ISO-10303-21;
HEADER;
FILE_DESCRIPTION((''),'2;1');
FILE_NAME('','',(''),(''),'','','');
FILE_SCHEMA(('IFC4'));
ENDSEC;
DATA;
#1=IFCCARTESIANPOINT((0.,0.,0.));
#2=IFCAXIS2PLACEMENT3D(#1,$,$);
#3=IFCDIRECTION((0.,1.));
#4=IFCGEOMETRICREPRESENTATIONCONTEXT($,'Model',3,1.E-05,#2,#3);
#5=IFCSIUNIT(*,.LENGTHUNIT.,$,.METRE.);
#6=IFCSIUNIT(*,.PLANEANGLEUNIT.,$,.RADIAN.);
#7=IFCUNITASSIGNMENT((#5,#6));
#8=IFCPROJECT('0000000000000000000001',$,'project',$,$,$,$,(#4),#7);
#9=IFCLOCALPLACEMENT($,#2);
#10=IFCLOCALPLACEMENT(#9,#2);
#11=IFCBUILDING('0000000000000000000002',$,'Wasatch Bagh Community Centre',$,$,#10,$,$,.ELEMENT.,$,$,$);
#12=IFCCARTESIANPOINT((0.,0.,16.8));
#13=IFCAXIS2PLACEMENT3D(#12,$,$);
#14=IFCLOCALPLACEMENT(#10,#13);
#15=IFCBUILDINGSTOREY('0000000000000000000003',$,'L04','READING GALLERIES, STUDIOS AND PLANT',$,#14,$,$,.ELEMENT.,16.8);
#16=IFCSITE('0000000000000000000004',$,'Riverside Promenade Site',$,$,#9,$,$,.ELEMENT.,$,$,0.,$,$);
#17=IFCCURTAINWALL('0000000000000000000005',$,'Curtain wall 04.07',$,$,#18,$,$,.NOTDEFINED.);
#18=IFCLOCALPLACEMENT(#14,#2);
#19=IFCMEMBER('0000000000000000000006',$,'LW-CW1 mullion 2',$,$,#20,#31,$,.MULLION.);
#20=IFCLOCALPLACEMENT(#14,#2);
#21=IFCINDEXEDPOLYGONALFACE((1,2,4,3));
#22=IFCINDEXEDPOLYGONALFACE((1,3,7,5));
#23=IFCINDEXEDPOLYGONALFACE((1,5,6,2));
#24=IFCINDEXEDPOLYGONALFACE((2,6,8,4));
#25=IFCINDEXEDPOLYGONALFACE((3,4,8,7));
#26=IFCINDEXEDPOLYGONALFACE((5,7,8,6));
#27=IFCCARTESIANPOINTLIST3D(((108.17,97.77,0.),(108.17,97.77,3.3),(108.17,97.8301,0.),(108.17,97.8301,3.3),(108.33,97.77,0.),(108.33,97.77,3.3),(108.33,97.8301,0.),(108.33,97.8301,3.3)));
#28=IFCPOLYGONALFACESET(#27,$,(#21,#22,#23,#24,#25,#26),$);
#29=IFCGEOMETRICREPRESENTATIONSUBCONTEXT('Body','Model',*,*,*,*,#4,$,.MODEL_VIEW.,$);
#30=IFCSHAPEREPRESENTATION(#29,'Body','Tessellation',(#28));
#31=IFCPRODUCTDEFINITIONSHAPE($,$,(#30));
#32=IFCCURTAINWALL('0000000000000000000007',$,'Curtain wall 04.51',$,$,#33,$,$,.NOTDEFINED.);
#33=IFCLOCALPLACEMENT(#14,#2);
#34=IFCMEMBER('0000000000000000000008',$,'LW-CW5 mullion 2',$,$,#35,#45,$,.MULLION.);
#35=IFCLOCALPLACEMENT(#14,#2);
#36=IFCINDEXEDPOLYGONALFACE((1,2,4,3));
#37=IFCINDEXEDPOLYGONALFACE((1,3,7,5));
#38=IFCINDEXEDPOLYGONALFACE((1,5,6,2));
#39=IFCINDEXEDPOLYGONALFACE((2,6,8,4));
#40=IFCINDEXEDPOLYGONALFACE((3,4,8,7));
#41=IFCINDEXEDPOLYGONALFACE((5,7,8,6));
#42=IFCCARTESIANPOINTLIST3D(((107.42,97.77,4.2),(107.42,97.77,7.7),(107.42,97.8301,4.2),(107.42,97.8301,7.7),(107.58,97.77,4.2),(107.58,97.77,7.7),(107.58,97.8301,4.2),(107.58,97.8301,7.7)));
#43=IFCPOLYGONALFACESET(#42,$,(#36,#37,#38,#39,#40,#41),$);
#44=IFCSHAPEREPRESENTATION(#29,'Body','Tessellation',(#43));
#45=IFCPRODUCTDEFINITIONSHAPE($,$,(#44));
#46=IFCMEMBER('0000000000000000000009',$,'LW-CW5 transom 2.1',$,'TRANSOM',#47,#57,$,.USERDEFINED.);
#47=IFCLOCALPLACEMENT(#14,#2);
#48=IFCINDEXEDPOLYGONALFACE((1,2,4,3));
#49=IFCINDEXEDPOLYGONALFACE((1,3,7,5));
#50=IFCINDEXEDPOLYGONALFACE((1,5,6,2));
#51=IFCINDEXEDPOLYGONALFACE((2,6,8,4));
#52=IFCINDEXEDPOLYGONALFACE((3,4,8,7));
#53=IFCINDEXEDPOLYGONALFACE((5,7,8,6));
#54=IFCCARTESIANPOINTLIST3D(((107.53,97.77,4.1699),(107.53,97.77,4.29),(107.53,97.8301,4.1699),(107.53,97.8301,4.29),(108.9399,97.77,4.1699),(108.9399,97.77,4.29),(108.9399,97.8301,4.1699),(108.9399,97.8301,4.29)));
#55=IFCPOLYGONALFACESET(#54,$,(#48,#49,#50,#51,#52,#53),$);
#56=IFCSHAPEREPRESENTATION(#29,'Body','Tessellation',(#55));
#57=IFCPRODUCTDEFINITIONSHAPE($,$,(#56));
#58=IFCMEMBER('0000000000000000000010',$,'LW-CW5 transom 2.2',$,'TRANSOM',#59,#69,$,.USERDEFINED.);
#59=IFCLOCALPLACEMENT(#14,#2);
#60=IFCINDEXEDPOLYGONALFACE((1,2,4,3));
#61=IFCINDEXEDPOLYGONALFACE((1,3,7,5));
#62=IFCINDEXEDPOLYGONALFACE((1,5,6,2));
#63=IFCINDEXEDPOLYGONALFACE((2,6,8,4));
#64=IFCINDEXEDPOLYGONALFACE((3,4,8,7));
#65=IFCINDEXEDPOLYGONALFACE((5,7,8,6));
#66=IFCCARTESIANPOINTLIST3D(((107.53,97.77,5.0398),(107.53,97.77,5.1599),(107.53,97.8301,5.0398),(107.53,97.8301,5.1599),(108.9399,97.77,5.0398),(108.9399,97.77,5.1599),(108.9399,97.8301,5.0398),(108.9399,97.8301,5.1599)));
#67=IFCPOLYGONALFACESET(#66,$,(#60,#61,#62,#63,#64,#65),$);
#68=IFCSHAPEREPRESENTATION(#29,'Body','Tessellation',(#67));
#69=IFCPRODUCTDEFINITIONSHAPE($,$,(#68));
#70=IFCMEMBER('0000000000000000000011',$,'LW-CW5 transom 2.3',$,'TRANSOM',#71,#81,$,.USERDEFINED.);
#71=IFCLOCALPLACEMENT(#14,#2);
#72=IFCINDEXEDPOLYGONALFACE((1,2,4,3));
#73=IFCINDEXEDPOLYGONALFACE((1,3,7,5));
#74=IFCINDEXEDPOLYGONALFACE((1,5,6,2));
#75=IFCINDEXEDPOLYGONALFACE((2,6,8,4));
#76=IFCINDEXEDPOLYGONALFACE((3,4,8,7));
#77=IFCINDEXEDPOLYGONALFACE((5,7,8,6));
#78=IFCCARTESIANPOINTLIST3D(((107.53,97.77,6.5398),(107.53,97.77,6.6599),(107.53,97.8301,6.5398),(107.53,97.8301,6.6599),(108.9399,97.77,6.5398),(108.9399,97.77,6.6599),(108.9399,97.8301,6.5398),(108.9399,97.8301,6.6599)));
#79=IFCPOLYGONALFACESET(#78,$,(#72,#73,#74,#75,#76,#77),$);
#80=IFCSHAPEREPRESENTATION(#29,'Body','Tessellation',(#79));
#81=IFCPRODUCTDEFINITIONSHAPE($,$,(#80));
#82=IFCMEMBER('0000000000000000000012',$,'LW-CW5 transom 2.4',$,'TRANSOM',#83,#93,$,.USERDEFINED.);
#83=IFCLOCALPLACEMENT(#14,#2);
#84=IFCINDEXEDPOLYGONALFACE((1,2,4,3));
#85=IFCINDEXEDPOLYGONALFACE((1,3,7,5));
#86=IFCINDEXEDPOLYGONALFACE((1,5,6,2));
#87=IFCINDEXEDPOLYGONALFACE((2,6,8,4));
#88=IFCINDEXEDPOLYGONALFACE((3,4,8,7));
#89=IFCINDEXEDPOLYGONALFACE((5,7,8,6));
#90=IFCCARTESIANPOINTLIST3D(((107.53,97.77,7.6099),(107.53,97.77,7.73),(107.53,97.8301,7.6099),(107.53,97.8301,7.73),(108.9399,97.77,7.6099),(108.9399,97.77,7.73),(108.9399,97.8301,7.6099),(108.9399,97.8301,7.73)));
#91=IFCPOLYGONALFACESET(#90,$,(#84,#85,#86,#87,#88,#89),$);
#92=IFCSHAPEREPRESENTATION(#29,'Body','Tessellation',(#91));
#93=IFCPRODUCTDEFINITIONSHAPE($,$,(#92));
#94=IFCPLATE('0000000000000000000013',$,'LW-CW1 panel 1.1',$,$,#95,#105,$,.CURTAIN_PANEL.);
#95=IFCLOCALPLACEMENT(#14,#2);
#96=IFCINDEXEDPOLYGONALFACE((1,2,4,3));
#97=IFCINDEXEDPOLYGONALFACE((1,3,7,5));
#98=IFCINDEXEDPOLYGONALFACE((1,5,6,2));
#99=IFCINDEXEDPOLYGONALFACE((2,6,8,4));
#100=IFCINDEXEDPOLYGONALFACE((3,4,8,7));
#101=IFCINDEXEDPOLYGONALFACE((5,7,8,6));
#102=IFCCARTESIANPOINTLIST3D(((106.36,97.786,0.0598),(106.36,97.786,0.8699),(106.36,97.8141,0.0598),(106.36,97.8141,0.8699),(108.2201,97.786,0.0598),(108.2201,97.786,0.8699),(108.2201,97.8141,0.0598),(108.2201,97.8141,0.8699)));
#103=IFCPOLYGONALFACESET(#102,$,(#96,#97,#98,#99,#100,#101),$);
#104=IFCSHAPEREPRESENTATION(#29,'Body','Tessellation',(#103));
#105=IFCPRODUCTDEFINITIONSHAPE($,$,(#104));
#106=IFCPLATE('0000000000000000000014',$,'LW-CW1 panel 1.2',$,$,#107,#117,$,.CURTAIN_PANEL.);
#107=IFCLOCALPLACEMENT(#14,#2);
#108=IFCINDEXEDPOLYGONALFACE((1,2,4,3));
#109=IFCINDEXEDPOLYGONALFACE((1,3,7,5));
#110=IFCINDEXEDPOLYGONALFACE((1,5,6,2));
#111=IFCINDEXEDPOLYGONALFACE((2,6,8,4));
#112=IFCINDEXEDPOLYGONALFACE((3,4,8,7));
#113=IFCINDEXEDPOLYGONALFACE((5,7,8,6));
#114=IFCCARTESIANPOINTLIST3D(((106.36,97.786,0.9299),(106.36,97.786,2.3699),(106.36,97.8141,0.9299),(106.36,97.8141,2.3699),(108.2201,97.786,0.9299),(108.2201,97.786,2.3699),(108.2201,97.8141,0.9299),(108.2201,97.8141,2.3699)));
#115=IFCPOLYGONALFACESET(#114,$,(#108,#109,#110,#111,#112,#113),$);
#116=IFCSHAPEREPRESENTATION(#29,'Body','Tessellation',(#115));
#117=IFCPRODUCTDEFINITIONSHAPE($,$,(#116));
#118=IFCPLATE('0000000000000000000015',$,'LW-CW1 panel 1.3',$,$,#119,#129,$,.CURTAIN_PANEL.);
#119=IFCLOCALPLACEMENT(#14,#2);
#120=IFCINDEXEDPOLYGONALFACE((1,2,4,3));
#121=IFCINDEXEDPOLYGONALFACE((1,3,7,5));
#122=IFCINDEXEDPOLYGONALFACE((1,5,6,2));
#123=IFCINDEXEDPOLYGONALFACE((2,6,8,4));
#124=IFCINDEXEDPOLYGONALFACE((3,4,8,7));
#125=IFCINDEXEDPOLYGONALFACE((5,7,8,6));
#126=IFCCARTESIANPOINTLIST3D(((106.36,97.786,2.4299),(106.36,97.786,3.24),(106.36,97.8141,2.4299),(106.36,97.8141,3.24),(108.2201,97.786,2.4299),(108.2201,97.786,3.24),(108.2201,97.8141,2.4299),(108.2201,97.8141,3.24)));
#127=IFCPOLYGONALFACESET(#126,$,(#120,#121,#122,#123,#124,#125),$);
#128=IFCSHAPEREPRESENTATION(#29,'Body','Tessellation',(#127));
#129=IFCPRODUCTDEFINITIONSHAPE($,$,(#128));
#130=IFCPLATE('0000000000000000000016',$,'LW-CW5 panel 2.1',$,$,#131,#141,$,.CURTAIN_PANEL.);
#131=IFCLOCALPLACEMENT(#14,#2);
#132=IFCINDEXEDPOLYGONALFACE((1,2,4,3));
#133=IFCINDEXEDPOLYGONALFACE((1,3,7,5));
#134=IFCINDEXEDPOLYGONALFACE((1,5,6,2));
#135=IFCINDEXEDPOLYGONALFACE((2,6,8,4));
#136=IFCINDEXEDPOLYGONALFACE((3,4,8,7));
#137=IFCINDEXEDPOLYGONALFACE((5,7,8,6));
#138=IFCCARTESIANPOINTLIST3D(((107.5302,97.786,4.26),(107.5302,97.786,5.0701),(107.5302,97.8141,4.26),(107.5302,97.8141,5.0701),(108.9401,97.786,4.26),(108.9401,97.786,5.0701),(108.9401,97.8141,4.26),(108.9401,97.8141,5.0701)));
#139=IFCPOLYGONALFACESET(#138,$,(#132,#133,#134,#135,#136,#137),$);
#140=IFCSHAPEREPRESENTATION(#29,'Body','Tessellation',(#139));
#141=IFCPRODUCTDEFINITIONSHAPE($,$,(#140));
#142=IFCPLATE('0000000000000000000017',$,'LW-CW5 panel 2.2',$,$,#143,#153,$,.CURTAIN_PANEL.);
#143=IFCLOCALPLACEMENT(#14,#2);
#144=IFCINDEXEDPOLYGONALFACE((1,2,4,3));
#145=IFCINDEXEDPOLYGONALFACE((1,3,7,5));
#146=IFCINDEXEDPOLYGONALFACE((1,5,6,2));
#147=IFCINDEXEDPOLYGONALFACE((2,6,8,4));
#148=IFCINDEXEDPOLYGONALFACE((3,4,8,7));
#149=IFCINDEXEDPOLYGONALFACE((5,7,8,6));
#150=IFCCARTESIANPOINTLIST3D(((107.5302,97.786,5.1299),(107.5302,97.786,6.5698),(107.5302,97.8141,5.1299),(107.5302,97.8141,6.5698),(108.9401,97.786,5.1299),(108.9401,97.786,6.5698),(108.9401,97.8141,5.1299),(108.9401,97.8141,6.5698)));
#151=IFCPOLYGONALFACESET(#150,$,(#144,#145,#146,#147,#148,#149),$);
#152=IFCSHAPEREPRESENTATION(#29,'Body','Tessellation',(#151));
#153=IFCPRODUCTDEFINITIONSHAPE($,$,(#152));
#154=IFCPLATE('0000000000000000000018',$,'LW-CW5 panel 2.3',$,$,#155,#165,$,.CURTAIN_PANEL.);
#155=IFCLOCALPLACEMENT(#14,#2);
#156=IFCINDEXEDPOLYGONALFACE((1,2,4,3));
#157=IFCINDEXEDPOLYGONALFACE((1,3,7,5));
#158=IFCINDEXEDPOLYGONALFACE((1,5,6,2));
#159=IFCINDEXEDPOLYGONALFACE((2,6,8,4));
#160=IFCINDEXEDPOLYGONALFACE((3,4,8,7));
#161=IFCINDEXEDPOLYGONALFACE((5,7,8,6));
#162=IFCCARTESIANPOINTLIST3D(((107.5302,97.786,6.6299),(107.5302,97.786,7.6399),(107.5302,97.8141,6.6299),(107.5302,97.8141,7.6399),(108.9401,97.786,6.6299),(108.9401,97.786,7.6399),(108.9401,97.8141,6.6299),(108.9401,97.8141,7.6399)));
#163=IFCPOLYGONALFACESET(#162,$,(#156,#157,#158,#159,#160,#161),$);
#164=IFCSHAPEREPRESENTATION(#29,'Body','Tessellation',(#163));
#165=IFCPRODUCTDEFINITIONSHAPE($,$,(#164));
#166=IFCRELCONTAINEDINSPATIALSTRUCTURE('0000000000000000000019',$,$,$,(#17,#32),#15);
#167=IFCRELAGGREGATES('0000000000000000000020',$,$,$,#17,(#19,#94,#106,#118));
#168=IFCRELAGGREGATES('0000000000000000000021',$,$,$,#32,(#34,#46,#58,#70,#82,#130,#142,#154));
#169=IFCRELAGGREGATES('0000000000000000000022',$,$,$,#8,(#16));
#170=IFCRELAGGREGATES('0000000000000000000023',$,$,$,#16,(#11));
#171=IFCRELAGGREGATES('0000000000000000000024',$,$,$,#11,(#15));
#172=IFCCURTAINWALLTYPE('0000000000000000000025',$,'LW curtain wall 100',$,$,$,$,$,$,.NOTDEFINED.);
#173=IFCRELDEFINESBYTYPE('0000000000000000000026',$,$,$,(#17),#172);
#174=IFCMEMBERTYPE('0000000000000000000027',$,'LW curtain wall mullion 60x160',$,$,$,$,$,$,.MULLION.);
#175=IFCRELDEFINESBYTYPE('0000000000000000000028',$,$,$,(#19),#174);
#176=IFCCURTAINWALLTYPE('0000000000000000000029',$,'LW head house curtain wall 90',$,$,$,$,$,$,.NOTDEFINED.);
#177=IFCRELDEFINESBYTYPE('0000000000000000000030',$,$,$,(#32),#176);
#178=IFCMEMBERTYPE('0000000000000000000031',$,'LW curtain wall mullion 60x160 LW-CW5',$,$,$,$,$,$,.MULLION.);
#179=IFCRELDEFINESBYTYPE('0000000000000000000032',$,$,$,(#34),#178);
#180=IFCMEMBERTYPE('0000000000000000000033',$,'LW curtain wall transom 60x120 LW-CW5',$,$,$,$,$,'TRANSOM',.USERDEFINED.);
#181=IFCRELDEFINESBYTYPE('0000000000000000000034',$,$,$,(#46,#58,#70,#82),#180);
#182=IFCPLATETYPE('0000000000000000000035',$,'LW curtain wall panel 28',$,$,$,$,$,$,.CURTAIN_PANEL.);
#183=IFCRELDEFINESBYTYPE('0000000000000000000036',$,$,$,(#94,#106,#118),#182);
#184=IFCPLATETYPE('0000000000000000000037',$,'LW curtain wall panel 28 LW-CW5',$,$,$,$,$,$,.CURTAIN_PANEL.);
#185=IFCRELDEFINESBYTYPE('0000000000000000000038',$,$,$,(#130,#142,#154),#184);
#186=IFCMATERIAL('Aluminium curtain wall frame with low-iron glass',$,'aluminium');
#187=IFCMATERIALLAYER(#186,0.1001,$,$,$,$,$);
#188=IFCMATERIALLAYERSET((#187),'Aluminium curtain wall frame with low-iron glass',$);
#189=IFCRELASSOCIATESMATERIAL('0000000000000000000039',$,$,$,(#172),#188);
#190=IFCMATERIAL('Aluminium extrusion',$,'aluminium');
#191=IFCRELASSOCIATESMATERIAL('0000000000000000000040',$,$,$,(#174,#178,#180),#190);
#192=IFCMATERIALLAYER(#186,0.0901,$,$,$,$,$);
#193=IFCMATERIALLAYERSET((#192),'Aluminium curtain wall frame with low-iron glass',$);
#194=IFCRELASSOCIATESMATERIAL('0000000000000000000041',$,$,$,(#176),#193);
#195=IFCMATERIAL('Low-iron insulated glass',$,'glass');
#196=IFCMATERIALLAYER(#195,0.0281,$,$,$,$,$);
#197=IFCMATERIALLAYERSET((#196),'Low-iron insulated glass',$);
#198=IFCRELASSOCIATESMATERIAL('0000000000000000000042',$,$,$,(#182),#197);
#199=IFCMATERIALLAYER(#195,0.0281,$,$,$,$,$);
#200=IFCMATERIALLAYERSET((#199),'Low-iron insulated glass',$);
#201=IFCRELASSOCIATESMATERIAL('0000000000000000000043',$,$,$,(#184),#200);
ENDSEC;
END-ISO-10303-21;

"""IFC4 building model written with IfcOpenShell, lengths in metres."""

from ifc_helpers import new_model, si_unit, direction, frame, origin, origin_2d, place, context, subcontext, project, spatial, rectangle, extrude, material, layer, layer_set, material_profile, profile_set, type_object, element, aggregate, save


model = new_model("IFC4")

# Units and contexts
model_context = context("Model", 3, precision=1e-05, world=origin(), true_north=direction((0.0, 1.0)))
body_context = subcontext(model_context, "Body", "Model", "MODEL_VIEW")
ifc_project = project(units=[si_unit("LENGTHUNIT", "METRE"), si_unit("PLANEANGLEUNIT", "RADIAN")], contexts=[model_context])

# Site, building, storey
site_placement = place(None, origin())
site = spatial("IfcSite", under=ifc_project, at=site_placement, Name="Riverside Promenade Site", CompositionType="ELEMENT", RefElevation=0.0)
building_placement = place(site_placement, origin())
building = spatial("IfcBuilding", under=site, at=building_placement, Name="Wasatch Bagh Community Centre", CompositionType="ELEMENT")
storey_placement = place(building_placement, frame((0.0, 0.0, 16.8)))
storey = spatial("IfcBuildingStorey", under=building, at=storey_placement, Name="L04", Description="READING GALLERIES, STUDIOS AND PLANT", CompositionType="ELEMENT", Elevation=16.8)

# Curtain wall, member
ifc_material_1 = material(Name="Aluminium curtain wall frame with low-iron glass", Category="aluminium")
ifc_layer_1 = layer(ifc_material_1, 0.1001)
ifc_layer_set_1 = layer_set([ifc_layer_1], Name="Aluminium curtain wall frame with low-iron glass")
curtain_wall_type_1 = type_object("IfcCurtainWallType", Name="LW curtain wall 100", PredefinedType="NOTDEFINED", material=ifc_layer_set_1)
curtain_wall_1_placement = place(storey_placement, origin())
curtain_wall_1 = element("IfcCurtainWall", 1, at=curtain_wall_1_placement, inside=storey, type_object=curtain_wall_type_1, Name="Curtain wall 04.07", PredefinedType="NOTDEFINED")
ifc_material_2 = material(Name="Aluminium extrusion", Category="aluminium")
ifc_material_profile_1 = material_profile(ifc_material_2, rectangle(XDim=0.0601, YDim=0.1599, at=origin_2d()), Name="AL 60x160")
ifc_profile_set_1 = profile_set([ifc_material_profile_1], Name="Aluminium extrusion")
member_type_1 = type_object("IfcMemberType", Name="LW curtain wall mullion 60x160", PredefinedType="MULLION", material=ifc_profile_set_1)
member_1_placement = place(storey_placement, frame((108.25, 97.8, 0.0), z_axis=(0.0, 0.0, 1.0), x_axis=(0.0, 1.0, 0.0)))
member_1 = element("IfcMember", 2, at=member_1_placement, type_object=member_type_1, Name="LW-CW1 mullion 2", PredefinedType="MULLION", context=body_context, shape_type="SweptSolid", body=[
    extrude(rectangle(XDim=0.0601, YDim=0.1599, at=origin_2d()), origin(), (0.0, 0.0, 1.0), 3.3),
])

# Curtain wall, members
ifc_layer_2 = layer(ifc_material_1, 0.0901)
ifc_layer_set_2 = layer_set([ifc_layer_2], Name="Aluminium curtain wall frame with low-iron glass")
curtain_wall_type_2 = type_object("IfcCurtainWallType", Name="LW head house curtain wall 90", PredefinedType="NOTDEFINED", material=ifc_layer_set_2)
curtain_wall_2_placement = place(storey_placement, origin())
curtain_wall_2 = element("IfcCurtainWall", 3, at=curtain_wall_2_placement, inside=storey, type_object=curtain_wall_type_2, Name="Curtain wall 04.51", PredefinedType="NOTDEFINED")
ifc_material_profile_2 = material_profile(ifc_material_2, rectangle(XDim=0.0601, YDim=0.1599, at=origin_2d()), Name="AL 60x160")
ifc_profile_set_2 = profile_set([ifc_material_profile_2], Name="Aluminium extrusion")
member_type_2 = type_object("IfcMemberType", Name="LW curtain wall mullion 60x160 LW-CW5", PredefinedType="MULLION", material=ifc_profile_set_2)
member_2_placement = place(storey_placement, frame((107.5, 97.8, 4.2), z_axis=(0.0, 0.0, 1.0), x_axis=(0.0, 1.0, 0.0)))
member_2 = element("IfcMember", 4, at=member_2_placement, type_object=member_type_2, Name="LW-CW5 mullion 2", PredefinedType="MULLION", context=body_context, shape_type="SweptSolid", body=[
    extrude(rectangle(XDim=0.0601, YDim=0.1599, at=origin_2d()), origin(), (0.0, 0.0, 1.0), 3.5),
])
ifc_material_profile_3 = material_profile(ifc_material_2, rectangle(XDim=0.0601, YDim=0.1201, at=origin_2d()), Name="AL 60x120")
ifc_profile_set_3 = profile_set([ifc_material_profile_3], Name="Aluminium extrusion")
member_type_3 = type_object("IfcMemberType", Name="LW curtain wall transom 60x120 LW-CW5", ElementType="TRANSOM", PredefinedType="USERDEFINED", material=ifc_profile_set_3)
member_3_placement = place(storey_placement, frame((107.53, 97.8, 4.23), z_axis=(1.0, 0.0, 0.0), x_axis=(0.0, 1.0, 0.0)))
member_3 = element("IfcMember", 5, at=member_3_placement, type_object=member_type_3, Name="LW-CW5 transom 2.1", ObjectType="TRANSOM", PredefinedType="USERDEFINED", context=body_context, shape_type="SweptSolid", body=[
    extrude(rectangle(XDim=0.0601, YDim=0.1201, at=origin_2d()), origin(), (0.0, 0.0, 1.0), 1.4099),
])
member_4_placement = place(storey_placement, frame((107.53, 97.8, 5.0999), z_axis=(1.0, 0.0, 0.0), x_axis=(0.0, 1.0, 0.0)))
member_4 = element("IfcMember", 6, at=member_4_placement, type_object=member_type_3, Name="LW-CW5 transom 2.2", ObjectType="TRANSOM", PredefinedType="USERDEFINED", context=body_context, shape_type="SweptSolid", body=[
    extrude(rectangle(XDim=0.0601, YDim=0.1201, at=origin_2d()), origin(), (0.0, 0.0, 1.0), 1.4099),
])
member_5_placement = place(storey_placement, frame((107.53, 97.8, 6.5999), z_axis=(1.0, 0.0, 0.0), x_axis=(0.0, 1.0, 0.0)))
member_5 = element("IfcMember", 7, at=member_5_placement, type_object=member_type_3, Name="LW-CW5 transom 2.3", ObjectType="TRANSOM", PredefinedType="USERDEFINED", context=body_context, shape_type="SweptSolid", body=[
    extrude(rectangle(XDim=0.0601, YDim=0.1201, at=origin_2d()), origin(), (0.0, 0.0, 1.0), 1.4099),
])
member_6_placement = place(storey_placement, frame((107.53, 97.8, 7.6699), z_axis=(1.0, 0.0, 0.0), x_axis=(0.0, 1.0, 0.0)))
member_6 = element("IfcMember", 8, at=member_6_placement, type_object=member_type_3, Name="LW-CW5 transom 2.4", ObjectType="TRANSOM", PredefinedType="USERDEFINED", context=body_context, shape_type="SweptSolid", body=[
    extrude(rectangle(XDim=0.0601, YDim=0.1201, at=origin_2d()), origin(), (0.0, 0.0, 1.0), 1.4099),
])

# Plates
ifc_material_3 = material(Name="Low-iron insulated glass", Category="glass")
ifc_layer_3 = layer(ifc_material_3, 0.0281)
ifc_layer_set_3 = layer_set([ifc_layer_3], Name="Low-iron insulated glass")
plate_type_1 = type_object("IfcPlateType", Name="LW curtain wall panel 28", PredefinedType="CURTAIN_PANEL", material=ifc_layer_set_3)
plate_1_placement = place(storey_placement, frame((107.29, 97.8, 0.0598), z_axis=(0.0, 0.0, 1.0), x_axis=(1.0, 0.0, 0.0)))
plate_1 = element("IfcPlate", 9, at=plate_1_placement, type_object=plate_type_1, Name="LW-CW1 panel 1.1", PredefinedType="CURTAIN_PANEL", context=body_context, shape_type="SweptSolid", body=[
    extrude(rectangle(XDim=1.8601, YDim=0.0281, at=origin_2d()), origin(), (0.0, 0.0, 1.0), 0.8101),
])
plate_2_placement = place(storey_placement, frame((107.29, 97.8, 0.9299), z_axis=(0.0, 0.0, 1.0), x_axis=(1.0, 0.0, 0.0)))
plate_2 = element("IfcPlate", 10, at=plate_2_placement, type_object=plate_type_1, Name="LW-CW1 panel 1.2", PredefinedType="CURTAIN_PANEL", context=body_context, shape_type="SweptSolid", body=[
    extrude(rectangle(XDim=1.8601, YDim=0.0281, at=origin_2d()), origin(), (0.0, 0.0, 1.0), 1.4399),
])
plate_3_placement = place(storey_placement, frame((107.29, 97.8, 2.4299), z_axis=(0.0, 0.0, 1.0), x_axis=(1.0, 0.0, 0.0)))
plate_3 = element("IfcPlate", 11, at=plate_3_placement, type_object=plate_type_1, Name="LW-CW1 panel 1.3", PredefinedType="CURTAIN_PANEL", context=body_context, shape_type="SweptSolid", body=[
    extrude(rectangle(XDim=1.8601, YDim=0.0281, at=origin_2d()), origin(), (0.0, 0.0, 1.0), 0.8101),
])
aggregate(curtain_wall_1, [member_1, plate_1, plate_2, plate_3])
ifc_layer_4 = layer(ifc_material_3, 0.0281)
ifc_layer_set_4 = layer_set([ifc_layer_4], Name="Low-iron insulated glass")
plate_type_2 = type_object("IfcPlateType", Name="LW curtain wall panel 28 LW-CW5", PredefinedType="CURTAIN_PANEL", material=ifc_layer_set_4)
plate_4_placement = place(storey_placement, frame((108.2351, 97.8, 4.26), z_axis=(0.0, 0.0, 1.0), x_axis=(1.0, 0.0, 0.0)))
plate_4 = element("IfcPlate", 12, at=plate_4_placement, type_object=plate_type_2, Name="LW-CW5 panel 2.1", PredefinedType="CURTAIN_PANEL", context=body_context, shape_type="SweptSolid", body=[
    extrude(rectangle(XDim=1.4099, YDim=0.0281, at=origin_2d()), origin(), (0.0, 0.0, 1.0), 0.8101),
])
plate_5_placement = place(storey_placement, frame((108.2351, 97.8, 5.1299), z_axis=(0.0, 0.0, 1.0), x_axis=(1.0, 0.0, 0.0)))
plate_5 = element("IfcPlate", 13, at=plate_5_placement, type_object=plate_type_2, Name="LW-CW5 panel 2.2", PredefinedType="CURTAIN_PANEL", context=body_context, shape_type="SweptSolid", body=[
    extrude(rectangle(XDim=1.4099, YDim=0.0281, at=origin_2d()), origin(), (0.0, 0.0, 1.0), 1.4399),
])
plate_6_placement = place(storey_placement, frame((108.2351, 97.8, 6.6299), z_axis=(0.0, 0.0, 1.0), x_axis=(1.0, 0.0, 0.0)))
plate_6 = element("IfcPlate", 14, at=plate_6_placement, type_object=plate_type_2, Name="LW-CW5 panel 2.3", PredefinedType="CURTAIN_PANEL", context=body_context, shape_type="SweptSolid", body=[
    extrude(rectangle(XDim=1.4099, YDim=0.0281, at=origin_2d()), origin(), (0.0, 0.0, 1.0), 1.01),
])
aggregate(curtain_wall_2, [member_2, member_3, member_4, member_5, member_6, plate_4, plate_5, plate_6])

save(model, "model.ifc")
